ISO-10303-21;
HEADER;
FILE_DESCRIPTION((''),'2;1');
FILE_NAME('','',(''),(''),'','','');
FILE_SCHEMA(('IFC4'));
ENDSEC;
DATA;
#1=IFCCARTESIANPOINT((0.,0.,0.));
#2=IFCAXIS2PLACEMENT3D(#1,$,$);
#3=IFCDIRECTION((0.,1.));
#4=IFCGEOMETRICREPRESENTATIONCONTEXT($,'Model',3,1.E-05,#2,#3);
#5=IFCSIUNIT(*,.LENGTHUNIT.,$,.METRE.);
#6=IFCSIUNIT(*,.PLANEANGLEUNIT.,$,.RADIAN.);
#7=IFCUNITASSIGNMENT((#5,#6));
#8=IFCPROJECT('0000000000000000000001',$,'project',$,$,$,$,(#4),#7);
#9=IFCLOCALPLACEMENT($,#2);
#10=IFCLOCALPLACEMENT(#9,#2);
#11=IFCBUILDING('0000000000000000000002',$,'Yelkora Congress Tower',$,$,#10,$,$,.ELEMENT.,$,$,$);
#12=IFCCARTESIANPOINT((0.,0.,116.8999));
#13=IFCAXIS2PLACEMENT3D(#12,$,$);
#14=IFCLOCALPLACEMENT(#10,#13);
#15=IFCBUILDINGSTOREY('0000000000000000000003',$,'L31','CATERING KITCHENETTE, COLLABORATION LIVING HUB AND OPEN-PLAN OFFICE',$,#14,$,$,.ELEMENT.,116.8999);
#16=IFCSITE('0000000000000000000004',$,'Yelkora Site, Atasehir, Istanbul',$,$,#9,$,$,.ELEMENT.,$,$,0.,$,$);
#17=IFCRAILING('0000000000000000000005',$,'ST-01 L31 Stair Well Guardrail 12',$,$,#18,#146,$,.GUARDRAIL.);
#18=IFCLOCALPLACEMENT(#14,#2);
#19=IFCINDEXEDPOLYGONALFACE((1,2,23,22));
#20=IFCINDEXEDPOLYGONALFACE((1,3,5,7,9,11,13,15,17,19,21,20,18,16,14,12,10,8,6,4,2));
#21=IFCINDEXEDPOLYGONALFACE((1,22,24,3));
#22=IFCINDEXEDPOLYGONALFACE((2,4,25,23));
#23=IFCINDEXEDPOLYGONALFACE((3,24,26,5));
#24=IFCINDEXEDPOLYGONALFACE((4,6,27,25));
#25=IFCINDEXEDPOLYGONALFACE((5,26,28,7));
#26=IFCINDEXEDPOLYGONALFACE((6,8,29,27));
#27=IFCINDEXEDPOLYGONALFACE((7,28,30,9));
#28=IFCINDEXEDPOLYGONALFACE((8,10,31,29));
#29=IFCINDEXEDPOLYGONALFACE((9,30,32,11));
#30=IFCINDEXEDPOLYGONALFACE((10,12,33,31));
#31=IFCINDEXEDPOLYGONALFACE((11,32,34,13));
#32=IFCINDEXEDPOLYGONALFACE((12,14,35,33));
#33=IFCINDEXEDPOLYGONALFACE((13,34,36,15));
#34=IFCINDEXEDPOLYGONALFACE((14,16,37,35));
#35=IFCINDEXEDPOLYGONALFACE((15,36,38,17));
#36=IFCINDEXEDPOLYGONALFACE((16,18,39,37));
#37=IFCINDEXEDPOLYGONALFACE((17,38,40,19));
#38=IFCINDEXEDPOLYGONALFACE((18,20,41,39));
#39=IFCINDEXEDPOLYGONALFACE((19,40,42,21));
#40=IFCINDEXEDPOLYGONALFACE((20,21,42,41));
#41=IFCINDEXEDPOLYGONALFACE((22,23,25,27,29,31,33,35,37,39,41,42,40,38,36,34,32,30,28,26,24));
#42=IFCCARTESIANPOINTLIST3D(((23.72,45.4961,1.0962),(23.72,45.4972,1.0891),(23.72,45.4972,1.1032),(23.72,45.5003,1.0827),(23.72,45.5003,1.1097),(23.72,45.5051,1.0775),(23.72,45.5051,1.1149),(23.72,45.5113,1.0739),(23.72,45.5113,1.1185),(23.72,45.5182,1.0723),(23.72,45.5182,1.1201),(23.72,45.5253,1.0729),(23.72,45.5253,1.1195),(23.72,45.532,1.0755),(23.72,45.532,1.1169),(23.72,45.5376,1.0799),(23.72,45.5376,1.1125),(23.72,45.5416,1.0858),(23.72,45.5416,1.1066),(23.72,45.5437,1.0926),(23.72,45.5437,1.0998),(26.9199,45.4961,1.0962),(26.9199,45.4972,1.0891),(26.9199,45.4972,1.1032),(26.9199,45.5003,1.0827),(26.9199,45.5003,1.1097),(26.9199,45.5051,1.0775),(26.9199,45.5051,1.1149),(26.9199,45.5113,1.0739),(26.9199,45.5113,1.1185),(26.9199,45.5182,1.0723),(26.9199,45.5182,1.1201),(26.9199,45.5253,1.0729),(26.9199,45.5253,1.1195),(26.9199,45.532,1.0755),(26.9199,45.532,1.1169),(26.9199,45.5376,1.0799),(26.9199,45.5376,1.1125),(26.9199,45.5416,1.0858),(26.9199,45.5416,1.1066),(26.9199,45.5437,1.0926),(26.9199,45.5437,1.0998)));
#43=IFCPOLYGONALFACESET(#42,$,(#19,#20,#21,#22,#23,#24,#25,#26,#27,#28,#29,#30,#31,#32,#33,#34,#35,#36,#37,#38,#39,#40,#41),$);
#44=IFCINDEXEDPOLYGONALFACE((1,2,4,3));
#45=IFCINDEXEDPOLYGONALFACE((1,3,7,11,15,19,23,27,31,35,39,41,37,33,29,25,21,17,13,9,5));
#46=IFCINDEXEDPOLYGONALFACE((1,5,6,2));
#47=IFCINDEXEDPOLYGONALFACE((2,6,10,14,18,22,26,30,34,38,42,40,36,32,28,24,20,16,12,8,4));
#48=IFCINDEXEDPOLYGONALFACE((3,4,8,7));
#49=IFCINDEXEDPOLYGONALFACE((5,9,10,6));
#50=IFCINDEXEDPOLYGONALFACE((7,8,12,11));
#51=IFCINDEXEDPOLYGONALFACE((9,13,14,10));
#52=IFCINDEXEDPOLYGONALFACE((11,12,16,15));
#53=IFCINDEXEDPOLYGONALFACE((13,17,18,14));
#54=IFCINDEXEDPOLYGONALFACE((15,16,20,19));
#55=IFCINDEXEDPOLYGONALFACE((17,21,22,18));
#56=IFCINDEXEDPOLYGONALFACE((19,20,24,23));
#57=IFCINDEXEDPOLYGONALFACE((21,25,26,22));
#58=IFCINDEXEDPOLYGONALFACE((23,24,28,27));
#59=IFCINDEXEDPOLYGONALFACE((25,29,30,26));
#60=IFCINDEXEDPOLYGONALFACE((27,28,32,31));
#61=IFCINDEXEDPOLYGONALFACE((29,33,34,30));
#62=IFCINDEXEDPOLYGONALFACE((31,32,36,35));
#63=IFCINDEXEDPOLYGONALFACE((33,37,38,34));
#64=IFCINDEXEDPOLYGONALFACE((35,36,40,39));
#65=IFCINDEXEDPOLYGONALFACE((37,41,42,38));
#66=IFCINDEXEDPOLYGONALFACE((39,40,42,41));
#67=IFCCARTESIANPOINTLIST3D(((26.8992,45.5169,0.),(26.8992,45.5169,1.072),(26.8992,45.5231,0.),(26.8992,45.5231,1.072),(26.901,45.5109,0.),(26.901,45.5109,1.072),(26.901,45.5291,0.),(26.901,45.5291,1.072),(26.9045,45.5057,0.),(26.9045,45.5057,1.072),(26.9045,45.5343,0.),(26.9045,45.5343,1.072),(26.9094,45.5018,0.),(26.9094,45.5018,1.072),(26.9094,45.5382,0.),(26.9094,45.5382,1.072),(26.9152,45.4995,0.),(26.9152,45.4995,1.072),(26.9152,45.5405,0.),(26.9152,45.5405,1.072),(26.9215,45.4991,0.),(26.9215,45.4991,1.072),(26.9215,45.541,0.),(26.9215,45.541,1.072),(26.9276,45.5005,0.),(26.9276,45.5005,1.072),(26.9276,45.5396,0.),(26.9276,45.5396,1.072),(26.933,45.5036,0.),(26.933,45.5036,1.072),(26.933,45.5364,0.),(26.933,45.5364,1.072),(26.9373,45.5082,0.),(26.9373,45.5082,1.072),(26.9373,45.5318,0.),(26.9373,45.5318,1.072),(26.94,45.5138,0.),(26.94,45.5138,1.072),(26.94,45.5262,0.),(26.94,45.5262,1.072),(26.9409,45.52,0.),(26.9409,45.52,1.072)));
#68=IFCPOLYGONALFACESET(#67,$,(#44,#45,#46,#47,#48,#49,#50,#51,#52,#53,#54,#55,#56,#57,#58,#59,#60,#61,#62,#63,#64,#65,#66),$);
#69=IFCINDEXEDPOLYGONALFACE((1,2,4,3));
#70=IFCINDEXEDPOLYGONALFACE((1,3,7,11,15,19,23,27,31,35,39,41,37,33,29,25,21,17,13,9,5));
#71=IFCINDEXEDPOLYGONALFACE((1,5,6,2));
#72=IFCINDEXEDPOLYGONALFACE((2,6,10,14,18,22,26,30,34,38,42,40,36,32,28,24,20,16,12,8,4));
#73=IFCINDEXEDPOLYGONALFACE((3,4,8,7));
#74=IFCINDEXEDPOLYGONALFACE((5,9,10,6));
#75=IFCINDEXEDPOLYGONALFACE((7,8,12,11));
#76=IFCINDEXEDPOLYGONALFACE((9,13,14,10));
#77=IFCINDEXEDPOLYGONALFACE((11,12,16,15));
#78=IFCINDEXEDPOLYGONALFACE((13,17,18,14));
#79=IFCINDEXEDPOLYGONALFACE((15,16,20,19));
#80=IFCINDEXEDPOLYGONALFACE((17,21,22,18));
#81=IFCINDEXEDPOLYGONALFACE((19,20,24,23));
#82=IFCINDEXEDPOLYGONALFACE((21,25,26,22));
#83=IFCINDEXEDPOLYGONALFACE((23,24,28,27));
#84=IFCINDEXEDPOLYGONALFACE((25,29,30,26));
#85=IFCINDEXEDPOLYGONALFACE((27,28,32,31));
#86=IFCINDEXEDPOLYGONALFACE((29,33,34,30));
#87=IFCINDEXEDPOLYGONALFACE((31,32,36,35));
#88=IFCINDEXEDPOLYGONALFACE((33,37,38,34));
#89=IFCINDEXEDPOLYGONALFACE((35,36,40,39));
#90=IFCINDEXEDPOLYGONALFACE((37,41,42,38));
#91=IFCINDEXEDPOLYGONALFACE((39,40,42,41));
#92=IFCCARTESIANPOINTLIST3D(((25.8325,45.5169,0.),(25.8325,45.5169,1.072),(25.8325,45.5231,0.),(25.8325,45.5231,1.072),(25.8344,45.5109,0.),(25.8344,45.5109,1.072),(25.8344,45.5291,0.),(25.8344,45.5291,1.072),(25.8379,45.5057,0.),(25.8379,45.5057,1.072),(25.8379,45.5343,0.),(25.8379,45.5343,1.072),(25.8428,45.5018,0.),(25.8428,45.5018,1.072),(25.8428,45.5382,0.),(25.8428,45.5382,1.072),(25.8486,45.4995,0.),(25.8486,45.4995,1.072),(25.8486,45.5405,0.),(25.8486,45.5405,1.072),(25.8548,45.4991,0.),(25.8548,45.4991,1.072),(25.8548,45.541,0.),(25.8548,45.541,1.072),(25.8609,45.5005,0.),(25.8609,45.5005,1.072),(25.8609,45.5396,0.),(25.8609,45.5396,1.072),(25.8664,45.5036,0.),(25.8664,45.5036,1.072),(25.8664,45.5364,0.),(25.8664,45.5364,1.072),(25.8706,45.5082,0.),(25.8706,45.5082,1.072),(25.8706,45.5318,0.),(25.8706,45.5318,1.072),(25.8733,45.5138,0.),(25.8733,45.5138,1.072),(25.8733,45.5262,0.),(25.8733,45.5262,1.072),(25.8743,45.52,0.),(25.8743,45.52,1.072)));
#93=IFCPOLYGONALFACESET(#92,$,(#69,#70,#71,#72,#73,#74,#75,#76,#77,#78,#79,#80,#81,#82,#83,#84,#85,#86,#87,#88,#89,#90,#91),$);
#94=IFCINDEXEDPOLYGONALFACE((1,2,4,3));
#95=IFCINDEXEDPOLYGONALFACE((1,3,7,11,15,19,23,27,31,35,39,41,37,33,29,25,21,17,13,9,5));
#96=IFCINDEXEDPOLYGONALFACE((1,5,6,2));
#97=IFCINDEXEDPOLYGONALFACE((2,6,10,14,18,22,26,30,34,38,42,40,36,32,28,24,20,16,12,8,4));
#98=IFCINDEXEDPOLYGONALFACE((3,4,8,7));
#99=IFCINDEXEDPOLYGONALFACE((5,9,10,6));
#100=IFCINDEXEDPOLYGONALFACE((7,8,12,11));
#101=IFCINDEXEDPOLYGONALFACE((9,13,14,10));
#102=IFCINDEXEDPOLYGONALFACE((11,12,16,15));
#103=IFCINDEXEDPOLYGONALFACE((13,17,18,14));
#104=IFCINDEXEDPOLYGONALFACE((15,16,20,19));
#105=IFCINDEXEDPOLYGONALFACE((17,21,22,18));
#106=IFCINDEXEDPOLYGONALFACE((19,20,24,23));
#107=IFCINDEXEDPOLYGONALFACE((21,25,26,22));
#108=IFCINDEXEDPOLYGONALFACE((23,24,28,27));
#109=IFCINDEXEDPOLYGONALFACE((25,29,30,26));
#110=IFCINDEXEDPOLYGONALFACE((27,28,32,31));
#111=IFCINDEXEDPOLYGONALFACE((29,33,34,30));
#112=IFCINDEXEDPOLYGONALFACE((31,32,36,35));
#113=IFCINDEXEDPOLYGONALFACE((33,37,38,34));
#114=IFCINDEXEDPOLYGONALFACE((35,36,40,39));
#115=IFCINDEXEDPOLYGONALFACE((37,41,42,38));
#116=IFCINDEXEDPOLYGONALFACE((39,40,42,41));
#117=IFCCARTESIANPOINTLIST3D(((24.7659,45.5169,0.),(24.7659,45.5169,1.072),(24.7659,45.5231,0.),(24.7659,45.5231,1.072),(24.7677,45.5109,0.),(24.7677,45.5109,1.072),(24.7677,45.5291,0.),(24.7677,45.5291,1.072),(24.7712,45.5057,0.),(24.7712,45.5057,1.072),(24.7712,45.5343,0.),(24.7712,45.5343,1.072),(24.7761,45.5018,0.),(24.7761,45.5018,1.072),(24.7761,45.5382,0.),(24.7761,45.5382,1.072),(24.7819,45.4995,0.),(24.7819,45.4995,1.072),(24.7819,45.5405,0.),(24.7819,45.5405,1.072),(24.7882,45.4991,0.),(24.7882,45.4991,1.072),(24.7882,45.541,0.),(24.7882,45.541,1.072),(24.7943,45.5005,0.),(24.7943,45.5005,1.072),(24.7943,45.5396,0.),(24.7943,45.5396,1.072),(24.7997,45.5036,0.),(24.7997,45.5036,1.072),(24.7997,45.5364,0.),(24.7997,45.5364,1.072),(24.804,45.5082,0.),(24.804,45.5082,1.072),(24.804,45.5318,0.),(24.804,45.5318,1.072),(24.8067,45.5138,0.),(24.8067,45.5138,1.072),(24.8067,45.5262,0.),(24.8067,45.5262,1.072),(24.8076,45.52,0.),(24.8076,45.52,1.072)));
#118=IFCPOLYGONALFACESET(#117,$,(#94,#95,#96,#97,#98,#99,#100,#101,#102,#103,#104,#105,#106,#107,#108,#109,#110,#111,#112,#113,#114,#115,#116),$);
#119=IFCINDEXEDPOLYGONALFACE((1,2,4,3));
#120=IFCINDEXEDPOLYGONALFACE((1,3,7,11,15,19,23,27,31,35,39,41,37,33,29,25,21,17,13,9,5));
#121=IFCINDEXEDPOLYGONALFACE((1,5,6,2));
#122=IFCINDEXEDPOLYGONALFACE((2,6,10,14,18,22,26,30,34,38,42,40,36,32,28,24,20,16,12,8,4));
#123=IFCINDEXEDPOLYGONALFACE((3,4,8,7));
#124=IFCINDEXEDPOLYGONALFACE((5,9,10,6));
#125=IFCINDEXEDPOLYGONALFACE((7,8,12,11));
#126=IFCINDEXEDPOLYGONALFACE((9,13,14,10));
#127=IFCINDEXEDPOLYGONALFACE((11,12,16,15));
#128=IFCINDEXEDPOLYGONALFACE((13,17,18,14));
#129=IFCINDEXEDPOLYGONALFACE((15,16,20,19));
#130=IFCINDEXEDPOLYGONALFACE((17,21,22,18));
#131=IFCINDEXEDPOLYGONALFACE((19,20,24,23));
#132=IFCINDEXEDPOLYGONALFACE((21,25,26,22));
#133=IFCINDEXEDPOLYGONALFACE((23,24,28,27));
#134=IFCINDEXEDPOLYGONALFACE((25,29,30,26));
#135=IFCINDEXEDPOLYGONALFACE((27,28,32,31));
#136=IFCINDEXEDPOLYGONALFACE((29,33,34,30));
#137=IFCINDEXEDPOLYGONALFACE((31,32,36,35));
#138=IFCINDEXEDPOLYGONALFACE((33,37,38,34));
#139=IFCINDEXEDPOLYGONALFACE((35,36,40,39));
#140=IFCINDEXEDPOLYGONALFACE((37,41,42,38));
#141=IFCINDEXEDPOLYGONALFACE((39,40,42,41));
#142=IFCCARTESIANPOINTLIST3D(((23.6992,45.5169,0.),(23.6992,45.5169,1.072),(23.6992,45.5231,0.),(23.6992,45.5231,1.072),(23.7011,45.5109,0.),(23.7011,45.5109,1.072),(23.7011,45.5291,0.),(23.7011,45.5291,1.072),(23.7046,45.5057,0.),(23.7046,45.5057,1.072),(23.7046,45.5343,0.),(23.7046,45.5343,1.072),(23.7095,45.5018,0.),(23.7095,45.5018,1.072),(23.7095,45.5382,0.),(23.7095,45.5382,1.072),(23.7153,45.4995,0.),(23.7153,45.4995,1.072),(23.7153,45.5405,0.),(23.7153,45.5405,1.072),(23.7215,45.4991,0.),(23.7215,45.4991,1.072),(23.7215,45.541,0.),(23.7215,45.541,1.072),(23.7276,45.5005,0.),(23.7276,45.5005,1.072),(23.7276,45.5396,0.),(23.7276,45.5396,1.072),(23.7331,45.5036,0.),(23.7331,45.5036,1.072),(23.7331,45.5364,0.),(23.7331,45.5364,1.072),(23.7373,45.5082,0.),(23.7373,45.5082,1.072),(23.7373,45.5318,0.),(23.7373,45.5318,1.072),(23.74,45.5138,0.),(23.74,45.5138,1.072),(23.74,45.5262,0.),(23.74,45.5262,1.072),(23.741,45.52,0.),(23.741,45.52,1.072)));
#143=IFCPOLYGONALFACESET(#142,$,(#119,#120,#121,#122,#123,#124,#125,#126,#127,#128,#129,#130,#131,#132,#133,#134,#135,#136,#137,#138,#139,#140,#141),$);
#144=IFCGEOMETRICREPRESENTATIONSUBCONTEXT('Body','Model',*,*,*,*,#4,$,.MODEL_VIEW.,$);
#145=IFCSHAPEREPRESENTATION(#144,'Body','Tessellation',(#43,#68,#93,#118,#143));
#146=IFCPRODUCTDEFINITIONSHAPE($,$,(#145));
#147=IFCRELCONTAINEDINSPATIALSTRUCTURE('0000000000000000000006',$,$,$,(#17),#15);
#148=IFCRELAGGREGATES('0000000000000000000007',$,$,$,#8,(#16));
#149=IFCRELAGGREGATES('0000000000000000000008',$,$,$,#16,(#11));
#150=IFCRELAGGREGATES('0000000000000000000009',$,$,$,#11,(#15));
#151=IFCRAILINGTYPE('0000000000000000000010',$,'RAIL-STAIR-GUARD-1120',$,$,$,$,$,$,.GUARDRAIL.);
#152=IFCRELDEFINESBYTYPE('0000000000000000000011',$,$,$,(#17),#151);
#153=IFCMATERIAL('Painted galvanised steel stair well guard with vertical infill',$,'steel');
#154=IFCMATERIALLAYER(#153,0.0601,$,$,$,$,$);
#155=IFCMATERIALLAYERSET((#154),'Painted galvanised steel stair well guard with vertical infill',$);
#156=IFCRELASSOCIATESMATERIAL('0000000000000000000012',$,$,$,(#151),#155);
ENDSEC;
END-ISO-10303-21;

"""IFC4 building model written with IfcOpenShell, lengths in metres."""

from ifc_helpers import new_model, si_unit, direction, frame, origin, origin_2d, place, context, subcontext, project, spatial, circle, extrude, material, layer, layer_set, type_object, element, save


model = new_model("IFC4")

# Units and contexts
model_context = context("Model", 3, precision=1e-05, world=origin(), true_north=direction((0.0, 1.0)))
body_context = subcontext(model_context, "Body", "Model", "MODEL_VIEW")
ifc_project = project(units=[si_unit("LENGTHUNIT", "METRE"), si_unit("PLANEANGLEUNIT", "RADIAN")], contexts=[model_context])

# Site, building, storey
site_placement = place(None, origin())
site = spatial("IfcSite", under=ifc_project, at=site_placement, Name="Yelkora Site, Atasehir, Istanbul", CompositionType="ELEMENT", RefElevation=0.0)
building_placement = place(site_placement, origin())
building = spatial("IfcBuilding", under=site, at=building_placement, Name="Yelkora Congress Tower", CompositionType="ELEMENT")
storey_placement = place(building_placement, frame((0.0, 0.0, 116.8999)))
storey = spatial("IfcBuildingStorey", under=building, at=storey_placement, Name="L31", Description="CATERING KITCHENETTE, COLLABORATION LIVING HUB AND OPEN-PLAN OFFICE", CompositionType="ELEMENT", Elevation=116.8999)

# Railing
ifc_material_1 = material(Name="Painted galvanised steel stair well guard with vertical infill", Category="steel")
ifc_layer_1 = layer(ifc_material_1, 0.0601)
ifc_layer_set_1 = layer_set([ifc_layer_1], Name="Painted galvanised steel stair well guard with vertical infill")
railing_type_1 = type_object("IfcRailingType", Name="RAIL-STAIR-GUARD-1120", PredefinedType="GUARDRAIL", material=ifc_layer_set_1)
railing_1_placement = place(storey_placement, frame((26.9199, 45.52, 0.0)))
element("IfcRailing", 1, at=railing_1_placement, inside=storey, type_object=railing_type_1, Name="ST-01 L31 Stair Well Guardrail 12", PredefinedType="GUARDRAIL", context=body_context, shape_type="SweptSolid", body=[
    extrude(circle(Radius=0.0239, at=origin_2d()), frame((0.0, 0.0, 1.0962), z_axis=(-1.0, 0.0, 0.0), x_axis=(0.0, -1.0, 0.0)), (0.0, 0.0, 1.0), 3.2),
    extrude(circle(Radius=0.021, at=origin_2d()), origin(), (0.0, 0.0, 1.0), 1.072),
    extrude(circle(Radius=0.021, at=origin_2d()), frame((-1.0667, 0.0, 0.0)), (0.0, 0.0, 1.0), 1.072),
    extrude(circle(Radius=0.021, at=origin_2d()), frame((-2.1333, 0.0, 0.0)), (0.0, 0.0, 1.0), 1.072),
    extrude(circle(Radius=0.021, at=origin_2d()), frame((-3.2, 0.0, 0.0)), (0.0, 0.0, 1.0), 1.072),
])

save(model, "model.ifc")
